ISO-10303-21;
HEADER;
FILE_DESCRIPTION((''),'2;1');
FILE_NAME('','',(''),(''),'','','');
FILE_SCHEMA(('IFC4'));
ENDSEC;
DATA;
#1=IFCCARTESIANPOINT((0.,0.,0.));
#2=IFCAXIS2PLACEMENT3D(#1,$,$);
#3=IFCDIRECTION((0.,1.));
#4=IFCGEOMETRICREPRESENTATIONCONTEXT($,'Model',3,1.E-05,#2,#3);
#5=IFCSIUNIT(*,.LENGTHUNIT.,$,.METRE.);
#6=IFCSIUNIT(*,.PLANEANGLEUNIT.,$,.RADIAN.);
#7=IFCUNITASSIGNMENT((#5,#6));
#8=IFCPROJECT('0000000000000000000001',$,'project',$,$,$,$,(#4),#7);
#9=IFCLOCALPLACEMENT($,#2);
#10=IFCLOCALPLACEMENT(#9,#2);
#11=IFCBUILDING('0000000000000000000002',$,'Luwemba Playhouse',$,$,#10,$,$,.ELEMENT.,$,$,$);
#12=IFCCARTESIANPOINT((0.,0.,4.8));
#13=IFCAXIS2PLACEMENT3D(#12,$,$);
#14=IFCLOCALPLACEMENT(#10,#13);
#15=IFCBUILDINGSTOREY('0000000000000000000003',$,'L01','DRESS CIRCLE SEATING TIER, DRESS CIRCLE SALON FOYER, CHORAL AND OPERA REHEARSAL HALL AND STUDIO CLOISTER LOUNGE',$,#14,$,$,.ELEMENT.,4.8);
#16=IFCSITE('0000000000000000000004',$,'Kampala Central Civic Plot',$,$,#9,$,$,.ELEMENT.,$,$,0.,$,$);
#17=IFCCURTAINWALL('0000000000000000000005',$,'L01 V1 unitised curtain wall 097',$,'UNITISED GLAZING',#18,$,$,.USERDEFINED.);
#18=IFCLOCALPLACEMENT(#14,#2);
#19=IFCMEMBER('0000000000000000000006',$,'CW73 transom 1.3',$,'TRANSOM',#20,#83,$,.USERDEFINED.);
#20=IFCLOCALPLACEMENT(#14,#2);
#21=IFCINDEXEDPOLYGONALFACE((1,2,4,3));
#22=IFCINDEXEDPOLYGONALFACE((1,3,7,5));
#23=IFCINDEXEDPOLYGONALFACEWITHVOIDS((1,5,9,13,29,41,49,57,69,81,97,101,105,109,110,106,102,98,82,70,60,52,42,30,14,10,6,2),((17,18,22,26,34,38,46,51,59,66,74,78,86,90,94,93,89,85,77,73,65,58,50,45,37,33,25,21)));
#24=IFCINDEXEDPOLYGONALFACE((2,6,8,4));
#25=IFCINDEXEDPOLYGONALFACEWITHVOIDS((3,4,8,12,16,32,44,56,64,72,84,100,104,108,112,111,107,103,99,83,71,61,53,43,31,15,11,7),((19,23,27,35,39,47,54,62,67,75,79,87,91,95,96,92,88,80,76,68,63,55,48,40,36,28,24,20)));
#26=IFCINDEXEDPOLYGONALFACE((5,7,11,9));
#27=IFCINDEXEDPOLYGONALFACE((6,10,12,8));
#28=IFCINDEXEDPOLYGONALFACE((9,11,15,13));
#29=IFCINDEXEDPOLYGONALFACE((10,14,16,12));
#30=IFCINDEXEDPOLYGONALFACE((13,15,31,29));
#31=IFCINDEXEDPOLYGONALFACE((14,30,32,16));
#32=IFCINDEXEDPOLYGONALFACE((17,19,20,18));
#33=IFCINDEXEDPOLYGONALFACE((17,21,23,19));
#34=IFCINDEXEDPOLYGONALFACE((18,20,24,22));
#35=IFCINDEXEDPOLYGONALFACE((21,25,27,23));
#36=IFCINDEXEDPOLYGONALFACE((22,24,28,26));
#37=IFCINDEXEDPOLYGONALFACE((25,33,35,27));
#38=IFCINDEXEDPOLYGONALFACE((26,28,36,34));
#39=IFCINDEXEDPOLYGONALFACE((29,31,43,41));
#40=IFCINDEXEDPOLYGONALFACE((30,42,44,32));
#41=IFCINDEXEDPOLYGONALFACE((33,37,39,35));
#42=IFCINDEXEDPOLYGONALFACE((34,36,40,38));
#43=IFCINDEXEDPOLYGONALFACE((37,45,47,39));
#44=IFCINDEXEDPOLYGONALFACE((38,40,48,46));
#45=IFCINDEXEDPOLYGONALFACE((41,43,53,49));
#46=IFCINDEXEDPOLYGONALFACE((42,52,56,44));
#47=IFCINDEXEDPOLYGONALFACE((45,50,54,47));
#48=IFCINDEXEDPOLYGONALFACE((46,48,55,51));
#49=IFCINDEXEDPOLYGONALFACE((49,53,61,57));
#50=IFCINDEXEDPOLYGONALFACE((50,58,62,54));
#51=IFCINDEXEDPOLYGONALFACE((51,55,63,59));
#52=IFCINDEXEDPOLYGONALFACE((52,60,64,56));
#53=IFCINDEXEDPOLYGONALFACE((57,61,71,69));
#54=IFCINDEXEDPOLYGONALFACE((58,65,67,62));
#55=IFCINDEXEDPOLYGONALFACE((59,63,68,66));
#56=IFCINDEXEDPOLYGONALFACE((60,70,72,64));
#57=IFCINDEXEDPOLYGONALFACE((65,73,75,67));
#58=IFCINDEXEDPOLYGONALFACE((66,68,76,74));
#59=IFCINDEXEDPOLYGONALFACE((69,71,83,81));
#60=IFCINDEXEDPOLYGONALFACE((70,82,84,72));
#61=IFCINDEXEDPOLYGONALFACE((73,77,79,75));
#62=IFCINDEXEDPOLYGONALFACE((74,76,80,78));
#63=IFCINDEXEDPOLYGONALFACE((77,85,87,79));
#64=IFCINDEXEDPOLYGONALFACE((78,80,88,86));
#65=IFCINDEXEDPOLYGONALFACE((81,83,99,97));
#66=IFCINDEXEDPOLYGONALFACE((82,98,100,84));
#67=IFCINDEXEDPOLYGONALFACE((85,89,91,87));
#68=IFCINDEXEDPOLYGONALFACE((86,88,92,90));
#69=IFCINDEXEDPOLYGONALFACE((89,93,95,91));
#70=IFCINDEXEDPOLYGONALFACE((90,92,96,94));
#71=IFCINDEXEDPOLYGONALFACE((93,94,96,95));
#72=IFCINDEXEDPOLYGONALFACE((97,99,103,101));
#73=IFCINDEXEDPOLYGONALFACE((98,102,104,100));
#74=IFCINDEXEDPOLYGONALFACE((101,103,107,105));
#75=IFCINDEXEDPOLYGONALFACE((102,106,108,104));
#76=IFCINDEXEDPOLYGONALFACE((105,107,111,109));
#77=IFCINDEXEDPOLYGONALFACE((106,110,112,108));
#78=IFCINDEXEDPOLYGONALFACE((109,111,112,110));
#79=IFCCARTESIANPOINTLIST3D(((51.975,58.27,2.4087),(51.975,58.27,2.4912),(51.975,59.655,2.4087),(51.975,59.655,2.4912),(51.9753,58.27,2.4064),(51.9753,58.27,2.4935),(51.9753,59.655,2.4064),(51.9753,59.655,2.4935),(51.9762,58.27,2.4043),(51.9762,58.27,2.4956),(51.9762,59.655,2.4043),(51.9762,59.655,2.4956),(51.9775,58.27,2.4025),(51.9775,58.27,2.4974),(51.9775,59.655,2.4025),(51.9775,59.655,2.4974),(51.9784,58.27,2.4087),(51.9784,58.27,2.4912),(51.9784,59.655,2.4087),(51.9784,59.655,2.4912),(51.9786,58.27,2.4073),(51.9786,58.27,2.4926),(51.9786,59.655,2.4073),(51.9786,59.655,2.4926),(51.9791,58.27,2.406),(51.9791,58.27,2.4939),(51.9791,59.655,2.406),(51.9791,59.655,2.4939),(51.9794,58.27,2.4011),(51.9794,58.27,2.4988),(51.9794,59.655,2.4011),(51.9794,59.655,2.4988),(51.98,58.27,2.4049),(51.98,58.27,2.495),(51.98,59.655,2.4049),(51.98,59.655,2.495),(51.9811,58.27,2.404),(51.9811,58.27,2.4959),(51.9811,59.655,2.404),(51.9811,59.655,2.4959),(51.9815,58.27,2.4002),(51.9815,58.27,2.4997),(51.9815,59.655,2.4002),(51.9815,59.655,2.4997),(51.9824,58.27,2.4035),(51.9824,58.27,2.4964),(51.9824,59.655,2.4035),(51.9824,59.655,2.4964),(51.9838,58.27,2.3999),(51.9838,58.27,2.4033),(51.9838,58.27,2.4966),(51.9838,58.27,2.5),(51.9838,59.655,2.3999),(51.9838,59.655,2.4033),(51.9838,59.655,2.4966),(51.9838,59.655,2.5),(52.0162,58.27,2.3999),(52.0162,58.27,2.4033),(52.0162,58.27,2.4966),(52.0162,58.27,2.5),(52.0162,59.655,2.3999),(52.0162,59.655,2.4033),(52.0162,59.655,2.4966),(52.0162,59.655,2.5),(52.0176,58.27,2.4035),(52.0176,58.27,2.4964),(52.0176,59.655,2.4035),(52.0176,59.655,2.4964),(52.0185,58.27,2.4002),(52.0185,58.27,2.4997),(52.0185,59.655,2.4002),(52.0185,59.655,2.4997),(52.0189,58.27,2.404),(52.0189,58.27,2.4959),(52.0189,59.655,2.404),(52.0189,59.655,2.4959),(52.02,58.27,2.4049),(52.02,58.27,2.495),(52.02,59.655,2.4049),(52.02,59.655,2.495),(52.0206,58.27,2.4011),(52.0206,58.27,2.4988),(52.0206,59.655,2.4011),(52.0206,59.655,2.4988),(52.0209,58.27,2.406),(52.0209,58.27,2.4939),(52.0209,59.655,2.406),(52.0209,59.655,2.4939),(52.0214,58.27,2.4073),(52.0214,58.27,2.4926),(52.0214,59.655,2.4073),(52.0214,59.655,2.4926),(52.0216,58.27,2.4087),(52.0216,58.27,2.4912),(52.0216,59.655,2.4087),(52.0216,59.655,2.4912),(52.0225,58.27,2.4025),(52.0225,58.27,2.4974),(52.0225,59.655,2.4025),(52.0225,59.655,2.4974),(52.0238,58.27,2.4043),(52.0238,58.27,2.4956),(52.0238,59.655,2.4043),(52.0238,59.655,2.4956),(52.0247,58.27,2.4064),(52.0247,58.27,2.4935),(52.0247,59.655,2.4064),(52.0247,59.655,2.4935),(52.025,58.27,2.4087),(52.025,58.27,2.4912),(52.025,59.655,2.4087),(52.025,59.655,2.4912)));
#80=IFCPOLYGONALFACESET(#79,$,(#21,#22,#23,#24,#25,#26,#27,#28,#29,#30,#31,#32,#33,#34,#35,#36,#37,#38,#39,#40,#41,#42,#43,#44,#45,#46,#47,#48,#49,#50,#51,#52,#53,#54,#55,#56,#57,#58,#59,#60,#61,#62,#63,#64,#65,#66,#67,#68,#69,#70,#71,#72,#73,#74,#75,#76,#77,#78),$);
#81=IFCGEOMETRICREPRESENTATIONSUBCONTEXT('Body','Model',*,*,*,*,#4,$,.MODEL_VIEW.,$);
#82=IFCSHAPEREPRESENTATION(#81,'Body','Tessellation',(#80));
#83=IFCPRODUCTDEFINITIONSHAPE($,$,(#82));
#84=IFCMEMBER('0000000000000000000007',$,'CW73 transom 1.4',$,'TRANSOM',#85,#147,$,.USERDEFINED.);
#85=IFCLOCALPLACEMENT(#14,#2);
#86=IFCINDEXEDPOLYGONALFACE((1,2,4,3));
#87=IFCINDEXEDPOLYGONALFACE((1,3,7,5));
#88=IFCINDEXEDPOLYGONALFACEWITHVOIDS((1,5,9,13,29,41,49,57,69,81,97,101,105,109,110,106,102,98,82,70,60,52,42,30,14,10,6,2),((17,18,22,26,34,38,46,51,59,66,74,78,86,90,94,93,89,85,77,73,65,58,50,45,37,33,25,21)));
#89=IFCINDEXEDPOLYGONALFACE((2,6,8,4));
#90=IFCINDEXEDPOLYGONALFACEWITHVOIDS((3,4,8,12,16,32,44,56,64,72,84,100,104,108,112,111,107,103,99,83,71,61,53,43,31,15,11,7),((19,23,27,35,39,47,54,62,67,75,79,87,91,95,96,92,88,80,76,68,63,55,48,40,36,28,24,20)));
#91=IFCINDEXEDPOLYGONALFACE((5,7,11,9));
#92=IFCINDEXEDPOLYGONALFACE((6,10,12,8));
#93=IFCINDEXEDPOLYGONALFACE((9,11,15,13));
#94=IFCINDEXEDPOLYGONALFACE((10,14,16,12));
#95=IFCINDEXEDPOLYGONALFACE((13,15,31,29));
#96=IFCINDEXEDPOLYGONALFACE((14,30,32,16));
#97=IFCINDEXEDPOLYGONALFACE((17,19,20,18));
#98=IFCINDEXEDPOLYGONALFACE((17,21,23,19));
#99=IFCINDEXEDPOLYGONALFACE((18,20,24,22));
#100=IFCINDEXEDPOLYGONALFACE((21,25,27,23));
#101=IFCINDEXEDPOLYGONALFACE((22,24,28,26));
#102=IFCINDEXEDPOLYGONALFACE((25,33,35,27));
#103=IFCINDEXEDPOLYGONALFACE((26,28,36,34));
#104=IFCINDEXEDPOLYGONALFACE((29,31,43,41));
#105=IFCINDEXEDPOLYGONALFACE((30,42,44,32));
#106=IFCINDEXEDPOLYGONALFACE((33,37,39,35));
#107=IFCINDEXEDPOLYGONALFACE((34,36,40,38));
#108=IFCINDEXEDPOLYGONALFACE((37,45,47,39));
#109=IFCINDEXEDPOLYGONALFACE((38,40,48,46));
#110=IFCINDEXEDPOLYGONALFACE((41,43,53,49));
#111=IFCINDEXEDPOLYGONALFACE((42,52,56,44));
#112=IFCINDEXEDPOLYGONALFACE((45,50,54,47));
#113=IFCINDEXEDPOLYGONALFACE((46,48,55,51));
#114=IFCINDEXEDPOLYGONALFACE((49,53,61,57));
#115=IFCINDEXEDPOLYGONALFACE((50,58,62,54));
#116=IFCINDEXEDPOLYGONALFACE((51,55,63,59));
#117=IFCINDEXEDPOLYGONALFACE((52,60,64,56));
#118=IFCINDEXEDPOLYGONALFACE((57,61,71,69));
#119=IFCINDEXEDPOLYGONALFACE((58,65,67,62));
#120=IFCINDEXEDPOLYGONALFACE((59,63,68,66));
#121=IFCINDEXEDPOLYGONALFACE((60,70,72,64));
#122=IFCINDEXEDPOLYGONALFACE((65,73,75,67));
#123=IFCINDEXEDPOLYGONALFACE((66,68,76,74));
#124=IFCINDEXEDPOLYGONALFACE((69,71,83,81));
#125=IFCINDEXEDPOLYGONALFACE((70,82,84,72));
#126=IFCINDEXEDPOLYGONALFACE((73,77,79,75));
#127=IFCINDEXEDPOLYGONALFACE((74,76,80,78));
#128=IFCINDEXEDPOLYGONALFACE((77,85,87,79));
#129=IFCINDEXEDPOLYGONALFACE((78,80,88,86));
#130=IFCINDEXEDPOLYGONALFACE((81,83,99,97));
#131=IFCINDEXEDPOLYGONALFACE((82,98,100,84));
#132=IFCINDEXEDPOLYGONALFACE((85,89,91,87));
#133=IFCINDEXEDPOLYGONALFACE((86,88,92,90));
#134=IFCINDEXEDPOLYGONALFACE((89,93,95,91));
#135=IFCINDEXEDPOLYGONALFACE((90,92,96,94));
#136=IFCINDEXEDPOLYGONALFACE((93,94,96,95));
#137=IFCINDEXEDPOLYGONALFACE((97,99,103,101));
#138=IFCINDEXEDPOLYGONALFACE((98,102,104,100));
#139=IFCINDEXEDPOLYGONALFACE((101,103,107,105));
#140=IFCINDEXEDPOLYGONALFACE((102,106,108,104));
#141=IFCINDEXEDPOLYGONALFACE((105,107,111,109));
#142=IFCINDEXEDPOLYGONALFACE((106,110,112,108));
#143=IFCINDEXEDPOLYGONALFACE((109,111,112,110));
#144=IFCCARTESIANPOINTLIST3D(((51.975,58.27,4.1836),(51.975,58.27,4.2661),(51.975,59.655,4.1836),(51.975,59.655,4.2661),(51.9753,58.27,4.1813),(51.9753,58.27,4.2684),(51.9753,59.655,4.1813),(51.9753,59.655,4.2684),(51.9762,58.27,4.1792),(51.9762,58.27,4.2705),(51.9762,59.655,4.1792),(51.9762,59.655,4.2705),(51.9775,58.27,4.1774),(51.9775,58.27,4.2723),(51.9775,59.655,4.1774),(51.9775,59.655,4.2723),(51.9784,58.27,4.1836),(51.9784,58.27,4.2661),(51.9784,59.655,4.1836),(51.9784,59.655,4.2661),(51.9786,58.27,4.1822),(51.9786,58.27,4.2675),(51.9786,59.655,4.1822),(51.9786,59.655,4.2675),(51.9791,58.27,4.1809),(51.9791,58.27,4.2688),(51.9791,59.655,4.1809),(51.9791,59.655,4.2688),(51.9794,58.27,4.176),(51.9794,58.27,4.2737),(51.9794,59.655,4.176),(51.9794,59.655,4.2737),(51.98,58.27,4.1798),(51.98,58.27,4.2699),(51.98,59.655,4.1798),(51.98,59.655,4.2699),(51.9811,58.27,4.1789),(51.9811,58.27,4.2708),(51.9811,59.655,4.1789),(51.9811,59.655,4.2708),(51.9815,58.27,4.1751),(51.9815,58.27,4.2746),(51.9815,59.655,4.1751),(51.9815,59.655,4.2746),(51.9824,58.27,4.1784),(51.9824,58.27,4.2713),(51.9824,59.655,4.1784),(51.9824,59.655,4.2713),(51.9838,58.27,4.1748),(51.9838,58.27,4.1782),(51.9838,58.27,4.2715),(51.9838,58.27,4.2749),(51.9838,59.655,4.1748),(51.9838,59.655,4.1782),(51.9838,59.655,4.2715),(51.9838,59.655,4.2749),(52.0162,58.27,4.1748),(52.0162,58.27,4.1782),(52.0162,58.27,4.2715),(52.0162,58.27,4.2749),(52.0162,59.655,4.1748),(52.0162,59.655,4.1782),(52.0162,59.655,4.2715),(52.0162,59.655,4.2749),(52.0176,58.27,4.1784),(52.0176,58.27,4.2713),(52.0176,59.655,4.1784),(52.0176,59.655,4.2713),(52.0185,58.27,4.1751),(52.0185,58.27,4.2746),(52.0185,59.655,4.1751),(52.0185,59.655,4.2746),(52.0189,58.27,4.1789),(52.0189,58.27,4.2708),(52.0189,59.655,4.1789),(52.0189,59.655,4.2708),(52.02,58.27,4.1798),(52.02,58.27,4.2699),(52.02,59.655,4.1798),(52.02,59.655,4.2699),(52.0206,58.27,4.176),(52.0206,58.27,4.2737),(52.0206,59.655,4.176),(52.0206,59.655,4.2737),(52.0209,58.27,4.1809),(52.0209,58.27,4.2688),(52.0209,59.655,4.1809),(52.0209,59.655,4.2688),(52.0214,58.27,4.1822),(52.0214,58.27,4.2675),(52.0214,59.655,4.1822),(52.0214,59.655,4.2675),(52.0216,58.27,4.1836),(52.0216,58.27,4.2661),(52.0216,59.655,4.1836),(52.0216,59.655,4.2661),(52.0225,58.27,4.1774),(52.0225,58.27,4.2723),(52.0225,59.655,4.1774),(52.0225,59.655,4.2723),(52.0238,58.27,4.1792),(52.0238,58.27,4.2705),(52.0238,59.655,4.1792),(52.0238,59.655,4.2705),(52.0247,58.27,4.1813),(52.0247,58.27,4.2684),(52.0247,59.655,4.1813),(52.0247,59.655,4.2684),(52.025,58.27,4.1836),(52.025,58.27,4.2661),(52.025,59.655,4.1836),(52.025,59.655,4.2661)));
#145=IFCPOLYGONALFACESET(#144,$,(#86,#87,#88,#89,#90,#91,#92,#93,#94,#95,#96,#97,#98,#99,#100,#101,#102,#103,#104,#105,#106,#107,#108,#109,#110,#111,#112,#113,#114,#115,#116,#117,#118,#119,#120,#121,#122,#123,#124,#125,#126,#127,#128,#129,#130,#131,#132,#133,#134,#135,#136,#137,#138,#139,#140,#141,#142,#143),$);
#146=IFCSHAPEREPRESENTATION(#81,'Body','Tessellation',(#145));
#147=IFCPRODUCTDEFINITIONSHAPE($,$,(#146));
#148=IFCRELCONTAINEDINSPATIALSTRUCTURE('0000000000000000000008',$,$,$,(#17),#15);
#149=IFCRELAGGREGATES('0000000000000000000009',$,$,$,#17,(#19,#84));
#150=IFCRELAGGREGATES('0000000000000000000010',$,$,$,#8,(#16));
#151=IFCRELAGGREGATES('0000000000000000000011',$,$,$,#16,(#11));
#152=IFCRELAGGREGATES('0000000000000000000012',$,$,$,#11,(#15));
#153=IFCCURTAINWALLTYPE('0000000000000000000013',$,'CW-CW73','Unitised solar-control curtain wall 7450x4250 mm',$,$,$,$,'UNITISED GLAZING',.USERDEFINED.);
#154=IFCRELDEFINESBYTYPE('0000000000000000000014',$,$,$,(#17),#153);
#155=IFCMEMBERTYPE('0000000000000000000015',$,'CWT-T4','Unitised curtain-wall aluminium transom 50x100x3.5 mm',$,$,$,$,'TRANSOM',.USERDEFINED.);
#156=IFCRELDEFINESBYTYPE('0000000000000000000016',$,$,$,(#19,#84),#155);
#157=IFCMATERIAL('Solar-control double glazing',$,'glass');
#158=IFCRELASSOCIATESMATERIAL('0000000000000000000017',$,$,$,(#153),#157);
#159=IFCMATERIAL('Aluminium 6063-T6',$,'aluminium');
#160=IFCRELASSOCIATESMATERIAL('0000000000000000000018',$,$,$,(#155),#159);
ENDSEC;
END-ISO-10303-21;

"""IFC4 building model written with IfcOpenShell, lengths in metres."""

from ifc_helpers import new_model, si_unit, direction, frame, origin, origin_2d, place, context, subcontext, project, spatial, hollow_rectangle, extrude, material, material_profile, profile_set, type_object, element, aggregate, save


model = new_model("IFC4")

# Units and contexts
model_context = context("Model", 3, precision=1e-05, world=origin(), true_north=direction((0.0, 1.0)))
body_context = subcontext(model_context, "Body", "Model", "MODEL_VIEW")
ifc_project = project(units=[si_unit("LENGTHUNIT", "METRE"), si_unit("PLANEANGLEUNIT", "RADIAN")], contexts=[model_context])

# Site, building, storey
site_placement = place(None, origin())
site = spatial("IfcSite", under=ifc_project, at=site_placement, Name="Kampala Central Civic Plot", CompositionType="ELEMENT", RefElevation=0.0)
building_placement = place(site_placement, origin())
building = spatial("IfcBuilding", under=site, at=building_placement, Name="Luwemba Playhouse", CompositionType="ELEMENT")
storey_placement = place(building_placement, frame((0.0, 0.0, 4.8)))
storey = spatial("IfcBuildingStorey", under=building, at=storey_placement, Name="L01", Description="DRESS CIRCLE SEATING TIER, DRESS CIRCLE SALON FOYER, CHORAL AND OPERA REHEARSAL HALL AND STUDIO CLOISTER LOUNGE", CompositionType="ELEMENT", Elevation=4.8)

# Curtain wall, members
ifc_material_1 = material(Name="Solar-control double glazing", Category="glass")
curtain_wall_type = type_object("IfcCurtainWallType", Name="CW-CW73", Description="Unitised solar-control curtain wall 7450x4250 mm", ElementType="UNITISED GLAZING", PredefinedType="USERDEFINED", material=ifc_material_1)
curtain_wall_placement = place(storey_placement, origin())
curtain_wall = element("IfcCurtainWall", 1, at=curtain_wall_placement, inside=storey, type_object=curtain_wall_type, Name="L01 V1 unitised curtain wall 097", ObjectType="UNITISED GLAZING", PredefinedType="USERDEFINED")
ifc_material_2 = material(Name="Aluminium 6063-T6", Category="aluminium")
ifc_material_profile_1 = material_profile(ifc_material_2, hollow_rectangle(XDim=0.05, YDim=0.1001, WallThickness=0.0034, InnerFilletRadius=0.0054, OuterFilletRadius=0.0088, at=origin_2d()))
ifc_profile_set_1 = profile_set([ifc_material_profile_1], Name="Aluminium 6063-T6")
member_type_1 = type_object("IfcMemberType", Name="CWT-T4", Description="Unitised curtain-wall aluminium transom 50x100x3.5 mm", ElementType="TRANSOM", PredefinedType="USERDEFINED", material=ifc_profile_set_1)
member_1_placement = place(storey_placement, frame((52.0, 59.655, 2.45), z_axis=(0.0, -1.0, 0.0), x_axis=(1.0, 0.0, 0.0)))
member_1 = element("IfcMember", 2, at=member_1_placement, type_object=member_type_1, Name="CW73 transom 1.3", ObjectType="TRANSOM", PredefinedType="USERDEFINED", context=body_context, shape_type="SweptSolid", body=[
    extrude(hollow_rectangle(XDim=0.05, YDim=0.1001, WallThickness=0.0034, InnerFilletRadius=0.0054, OuterFilletRadius=0.0088, at=origin_2d()), origin(), (0.0, 0.0, 1.0), 1.385),
])
member_2_placement = place(storey_placement, frame((52.0, 59.655, 4.2249), z_axis=(0.0, -1.0, 0.0), x_axis=(1.0, 0.0, 0.0)))
member_2 = element("IfcMember", 3, at=member_2_placement, type_object=member_type_1, Name="CW73 transom 1.4", ObjectType="TRANSOM", PredefinedType="USERDEFINED", context=body_context, shape_type="SweptSolid", body=[
    extrude(hollow_rectangle(XDim=0.05, YDim=0.1001, WallThickness=0.0034, InnerFilletRadius=0.0054, OuterFilletRadius=0.0088, at=origin_2d()), origin(), (0.0, 0.0, 1.0), 1.385),
])
aggregate(curtain_wall, [member_1, member_2])

save(model, "model.ifc")
